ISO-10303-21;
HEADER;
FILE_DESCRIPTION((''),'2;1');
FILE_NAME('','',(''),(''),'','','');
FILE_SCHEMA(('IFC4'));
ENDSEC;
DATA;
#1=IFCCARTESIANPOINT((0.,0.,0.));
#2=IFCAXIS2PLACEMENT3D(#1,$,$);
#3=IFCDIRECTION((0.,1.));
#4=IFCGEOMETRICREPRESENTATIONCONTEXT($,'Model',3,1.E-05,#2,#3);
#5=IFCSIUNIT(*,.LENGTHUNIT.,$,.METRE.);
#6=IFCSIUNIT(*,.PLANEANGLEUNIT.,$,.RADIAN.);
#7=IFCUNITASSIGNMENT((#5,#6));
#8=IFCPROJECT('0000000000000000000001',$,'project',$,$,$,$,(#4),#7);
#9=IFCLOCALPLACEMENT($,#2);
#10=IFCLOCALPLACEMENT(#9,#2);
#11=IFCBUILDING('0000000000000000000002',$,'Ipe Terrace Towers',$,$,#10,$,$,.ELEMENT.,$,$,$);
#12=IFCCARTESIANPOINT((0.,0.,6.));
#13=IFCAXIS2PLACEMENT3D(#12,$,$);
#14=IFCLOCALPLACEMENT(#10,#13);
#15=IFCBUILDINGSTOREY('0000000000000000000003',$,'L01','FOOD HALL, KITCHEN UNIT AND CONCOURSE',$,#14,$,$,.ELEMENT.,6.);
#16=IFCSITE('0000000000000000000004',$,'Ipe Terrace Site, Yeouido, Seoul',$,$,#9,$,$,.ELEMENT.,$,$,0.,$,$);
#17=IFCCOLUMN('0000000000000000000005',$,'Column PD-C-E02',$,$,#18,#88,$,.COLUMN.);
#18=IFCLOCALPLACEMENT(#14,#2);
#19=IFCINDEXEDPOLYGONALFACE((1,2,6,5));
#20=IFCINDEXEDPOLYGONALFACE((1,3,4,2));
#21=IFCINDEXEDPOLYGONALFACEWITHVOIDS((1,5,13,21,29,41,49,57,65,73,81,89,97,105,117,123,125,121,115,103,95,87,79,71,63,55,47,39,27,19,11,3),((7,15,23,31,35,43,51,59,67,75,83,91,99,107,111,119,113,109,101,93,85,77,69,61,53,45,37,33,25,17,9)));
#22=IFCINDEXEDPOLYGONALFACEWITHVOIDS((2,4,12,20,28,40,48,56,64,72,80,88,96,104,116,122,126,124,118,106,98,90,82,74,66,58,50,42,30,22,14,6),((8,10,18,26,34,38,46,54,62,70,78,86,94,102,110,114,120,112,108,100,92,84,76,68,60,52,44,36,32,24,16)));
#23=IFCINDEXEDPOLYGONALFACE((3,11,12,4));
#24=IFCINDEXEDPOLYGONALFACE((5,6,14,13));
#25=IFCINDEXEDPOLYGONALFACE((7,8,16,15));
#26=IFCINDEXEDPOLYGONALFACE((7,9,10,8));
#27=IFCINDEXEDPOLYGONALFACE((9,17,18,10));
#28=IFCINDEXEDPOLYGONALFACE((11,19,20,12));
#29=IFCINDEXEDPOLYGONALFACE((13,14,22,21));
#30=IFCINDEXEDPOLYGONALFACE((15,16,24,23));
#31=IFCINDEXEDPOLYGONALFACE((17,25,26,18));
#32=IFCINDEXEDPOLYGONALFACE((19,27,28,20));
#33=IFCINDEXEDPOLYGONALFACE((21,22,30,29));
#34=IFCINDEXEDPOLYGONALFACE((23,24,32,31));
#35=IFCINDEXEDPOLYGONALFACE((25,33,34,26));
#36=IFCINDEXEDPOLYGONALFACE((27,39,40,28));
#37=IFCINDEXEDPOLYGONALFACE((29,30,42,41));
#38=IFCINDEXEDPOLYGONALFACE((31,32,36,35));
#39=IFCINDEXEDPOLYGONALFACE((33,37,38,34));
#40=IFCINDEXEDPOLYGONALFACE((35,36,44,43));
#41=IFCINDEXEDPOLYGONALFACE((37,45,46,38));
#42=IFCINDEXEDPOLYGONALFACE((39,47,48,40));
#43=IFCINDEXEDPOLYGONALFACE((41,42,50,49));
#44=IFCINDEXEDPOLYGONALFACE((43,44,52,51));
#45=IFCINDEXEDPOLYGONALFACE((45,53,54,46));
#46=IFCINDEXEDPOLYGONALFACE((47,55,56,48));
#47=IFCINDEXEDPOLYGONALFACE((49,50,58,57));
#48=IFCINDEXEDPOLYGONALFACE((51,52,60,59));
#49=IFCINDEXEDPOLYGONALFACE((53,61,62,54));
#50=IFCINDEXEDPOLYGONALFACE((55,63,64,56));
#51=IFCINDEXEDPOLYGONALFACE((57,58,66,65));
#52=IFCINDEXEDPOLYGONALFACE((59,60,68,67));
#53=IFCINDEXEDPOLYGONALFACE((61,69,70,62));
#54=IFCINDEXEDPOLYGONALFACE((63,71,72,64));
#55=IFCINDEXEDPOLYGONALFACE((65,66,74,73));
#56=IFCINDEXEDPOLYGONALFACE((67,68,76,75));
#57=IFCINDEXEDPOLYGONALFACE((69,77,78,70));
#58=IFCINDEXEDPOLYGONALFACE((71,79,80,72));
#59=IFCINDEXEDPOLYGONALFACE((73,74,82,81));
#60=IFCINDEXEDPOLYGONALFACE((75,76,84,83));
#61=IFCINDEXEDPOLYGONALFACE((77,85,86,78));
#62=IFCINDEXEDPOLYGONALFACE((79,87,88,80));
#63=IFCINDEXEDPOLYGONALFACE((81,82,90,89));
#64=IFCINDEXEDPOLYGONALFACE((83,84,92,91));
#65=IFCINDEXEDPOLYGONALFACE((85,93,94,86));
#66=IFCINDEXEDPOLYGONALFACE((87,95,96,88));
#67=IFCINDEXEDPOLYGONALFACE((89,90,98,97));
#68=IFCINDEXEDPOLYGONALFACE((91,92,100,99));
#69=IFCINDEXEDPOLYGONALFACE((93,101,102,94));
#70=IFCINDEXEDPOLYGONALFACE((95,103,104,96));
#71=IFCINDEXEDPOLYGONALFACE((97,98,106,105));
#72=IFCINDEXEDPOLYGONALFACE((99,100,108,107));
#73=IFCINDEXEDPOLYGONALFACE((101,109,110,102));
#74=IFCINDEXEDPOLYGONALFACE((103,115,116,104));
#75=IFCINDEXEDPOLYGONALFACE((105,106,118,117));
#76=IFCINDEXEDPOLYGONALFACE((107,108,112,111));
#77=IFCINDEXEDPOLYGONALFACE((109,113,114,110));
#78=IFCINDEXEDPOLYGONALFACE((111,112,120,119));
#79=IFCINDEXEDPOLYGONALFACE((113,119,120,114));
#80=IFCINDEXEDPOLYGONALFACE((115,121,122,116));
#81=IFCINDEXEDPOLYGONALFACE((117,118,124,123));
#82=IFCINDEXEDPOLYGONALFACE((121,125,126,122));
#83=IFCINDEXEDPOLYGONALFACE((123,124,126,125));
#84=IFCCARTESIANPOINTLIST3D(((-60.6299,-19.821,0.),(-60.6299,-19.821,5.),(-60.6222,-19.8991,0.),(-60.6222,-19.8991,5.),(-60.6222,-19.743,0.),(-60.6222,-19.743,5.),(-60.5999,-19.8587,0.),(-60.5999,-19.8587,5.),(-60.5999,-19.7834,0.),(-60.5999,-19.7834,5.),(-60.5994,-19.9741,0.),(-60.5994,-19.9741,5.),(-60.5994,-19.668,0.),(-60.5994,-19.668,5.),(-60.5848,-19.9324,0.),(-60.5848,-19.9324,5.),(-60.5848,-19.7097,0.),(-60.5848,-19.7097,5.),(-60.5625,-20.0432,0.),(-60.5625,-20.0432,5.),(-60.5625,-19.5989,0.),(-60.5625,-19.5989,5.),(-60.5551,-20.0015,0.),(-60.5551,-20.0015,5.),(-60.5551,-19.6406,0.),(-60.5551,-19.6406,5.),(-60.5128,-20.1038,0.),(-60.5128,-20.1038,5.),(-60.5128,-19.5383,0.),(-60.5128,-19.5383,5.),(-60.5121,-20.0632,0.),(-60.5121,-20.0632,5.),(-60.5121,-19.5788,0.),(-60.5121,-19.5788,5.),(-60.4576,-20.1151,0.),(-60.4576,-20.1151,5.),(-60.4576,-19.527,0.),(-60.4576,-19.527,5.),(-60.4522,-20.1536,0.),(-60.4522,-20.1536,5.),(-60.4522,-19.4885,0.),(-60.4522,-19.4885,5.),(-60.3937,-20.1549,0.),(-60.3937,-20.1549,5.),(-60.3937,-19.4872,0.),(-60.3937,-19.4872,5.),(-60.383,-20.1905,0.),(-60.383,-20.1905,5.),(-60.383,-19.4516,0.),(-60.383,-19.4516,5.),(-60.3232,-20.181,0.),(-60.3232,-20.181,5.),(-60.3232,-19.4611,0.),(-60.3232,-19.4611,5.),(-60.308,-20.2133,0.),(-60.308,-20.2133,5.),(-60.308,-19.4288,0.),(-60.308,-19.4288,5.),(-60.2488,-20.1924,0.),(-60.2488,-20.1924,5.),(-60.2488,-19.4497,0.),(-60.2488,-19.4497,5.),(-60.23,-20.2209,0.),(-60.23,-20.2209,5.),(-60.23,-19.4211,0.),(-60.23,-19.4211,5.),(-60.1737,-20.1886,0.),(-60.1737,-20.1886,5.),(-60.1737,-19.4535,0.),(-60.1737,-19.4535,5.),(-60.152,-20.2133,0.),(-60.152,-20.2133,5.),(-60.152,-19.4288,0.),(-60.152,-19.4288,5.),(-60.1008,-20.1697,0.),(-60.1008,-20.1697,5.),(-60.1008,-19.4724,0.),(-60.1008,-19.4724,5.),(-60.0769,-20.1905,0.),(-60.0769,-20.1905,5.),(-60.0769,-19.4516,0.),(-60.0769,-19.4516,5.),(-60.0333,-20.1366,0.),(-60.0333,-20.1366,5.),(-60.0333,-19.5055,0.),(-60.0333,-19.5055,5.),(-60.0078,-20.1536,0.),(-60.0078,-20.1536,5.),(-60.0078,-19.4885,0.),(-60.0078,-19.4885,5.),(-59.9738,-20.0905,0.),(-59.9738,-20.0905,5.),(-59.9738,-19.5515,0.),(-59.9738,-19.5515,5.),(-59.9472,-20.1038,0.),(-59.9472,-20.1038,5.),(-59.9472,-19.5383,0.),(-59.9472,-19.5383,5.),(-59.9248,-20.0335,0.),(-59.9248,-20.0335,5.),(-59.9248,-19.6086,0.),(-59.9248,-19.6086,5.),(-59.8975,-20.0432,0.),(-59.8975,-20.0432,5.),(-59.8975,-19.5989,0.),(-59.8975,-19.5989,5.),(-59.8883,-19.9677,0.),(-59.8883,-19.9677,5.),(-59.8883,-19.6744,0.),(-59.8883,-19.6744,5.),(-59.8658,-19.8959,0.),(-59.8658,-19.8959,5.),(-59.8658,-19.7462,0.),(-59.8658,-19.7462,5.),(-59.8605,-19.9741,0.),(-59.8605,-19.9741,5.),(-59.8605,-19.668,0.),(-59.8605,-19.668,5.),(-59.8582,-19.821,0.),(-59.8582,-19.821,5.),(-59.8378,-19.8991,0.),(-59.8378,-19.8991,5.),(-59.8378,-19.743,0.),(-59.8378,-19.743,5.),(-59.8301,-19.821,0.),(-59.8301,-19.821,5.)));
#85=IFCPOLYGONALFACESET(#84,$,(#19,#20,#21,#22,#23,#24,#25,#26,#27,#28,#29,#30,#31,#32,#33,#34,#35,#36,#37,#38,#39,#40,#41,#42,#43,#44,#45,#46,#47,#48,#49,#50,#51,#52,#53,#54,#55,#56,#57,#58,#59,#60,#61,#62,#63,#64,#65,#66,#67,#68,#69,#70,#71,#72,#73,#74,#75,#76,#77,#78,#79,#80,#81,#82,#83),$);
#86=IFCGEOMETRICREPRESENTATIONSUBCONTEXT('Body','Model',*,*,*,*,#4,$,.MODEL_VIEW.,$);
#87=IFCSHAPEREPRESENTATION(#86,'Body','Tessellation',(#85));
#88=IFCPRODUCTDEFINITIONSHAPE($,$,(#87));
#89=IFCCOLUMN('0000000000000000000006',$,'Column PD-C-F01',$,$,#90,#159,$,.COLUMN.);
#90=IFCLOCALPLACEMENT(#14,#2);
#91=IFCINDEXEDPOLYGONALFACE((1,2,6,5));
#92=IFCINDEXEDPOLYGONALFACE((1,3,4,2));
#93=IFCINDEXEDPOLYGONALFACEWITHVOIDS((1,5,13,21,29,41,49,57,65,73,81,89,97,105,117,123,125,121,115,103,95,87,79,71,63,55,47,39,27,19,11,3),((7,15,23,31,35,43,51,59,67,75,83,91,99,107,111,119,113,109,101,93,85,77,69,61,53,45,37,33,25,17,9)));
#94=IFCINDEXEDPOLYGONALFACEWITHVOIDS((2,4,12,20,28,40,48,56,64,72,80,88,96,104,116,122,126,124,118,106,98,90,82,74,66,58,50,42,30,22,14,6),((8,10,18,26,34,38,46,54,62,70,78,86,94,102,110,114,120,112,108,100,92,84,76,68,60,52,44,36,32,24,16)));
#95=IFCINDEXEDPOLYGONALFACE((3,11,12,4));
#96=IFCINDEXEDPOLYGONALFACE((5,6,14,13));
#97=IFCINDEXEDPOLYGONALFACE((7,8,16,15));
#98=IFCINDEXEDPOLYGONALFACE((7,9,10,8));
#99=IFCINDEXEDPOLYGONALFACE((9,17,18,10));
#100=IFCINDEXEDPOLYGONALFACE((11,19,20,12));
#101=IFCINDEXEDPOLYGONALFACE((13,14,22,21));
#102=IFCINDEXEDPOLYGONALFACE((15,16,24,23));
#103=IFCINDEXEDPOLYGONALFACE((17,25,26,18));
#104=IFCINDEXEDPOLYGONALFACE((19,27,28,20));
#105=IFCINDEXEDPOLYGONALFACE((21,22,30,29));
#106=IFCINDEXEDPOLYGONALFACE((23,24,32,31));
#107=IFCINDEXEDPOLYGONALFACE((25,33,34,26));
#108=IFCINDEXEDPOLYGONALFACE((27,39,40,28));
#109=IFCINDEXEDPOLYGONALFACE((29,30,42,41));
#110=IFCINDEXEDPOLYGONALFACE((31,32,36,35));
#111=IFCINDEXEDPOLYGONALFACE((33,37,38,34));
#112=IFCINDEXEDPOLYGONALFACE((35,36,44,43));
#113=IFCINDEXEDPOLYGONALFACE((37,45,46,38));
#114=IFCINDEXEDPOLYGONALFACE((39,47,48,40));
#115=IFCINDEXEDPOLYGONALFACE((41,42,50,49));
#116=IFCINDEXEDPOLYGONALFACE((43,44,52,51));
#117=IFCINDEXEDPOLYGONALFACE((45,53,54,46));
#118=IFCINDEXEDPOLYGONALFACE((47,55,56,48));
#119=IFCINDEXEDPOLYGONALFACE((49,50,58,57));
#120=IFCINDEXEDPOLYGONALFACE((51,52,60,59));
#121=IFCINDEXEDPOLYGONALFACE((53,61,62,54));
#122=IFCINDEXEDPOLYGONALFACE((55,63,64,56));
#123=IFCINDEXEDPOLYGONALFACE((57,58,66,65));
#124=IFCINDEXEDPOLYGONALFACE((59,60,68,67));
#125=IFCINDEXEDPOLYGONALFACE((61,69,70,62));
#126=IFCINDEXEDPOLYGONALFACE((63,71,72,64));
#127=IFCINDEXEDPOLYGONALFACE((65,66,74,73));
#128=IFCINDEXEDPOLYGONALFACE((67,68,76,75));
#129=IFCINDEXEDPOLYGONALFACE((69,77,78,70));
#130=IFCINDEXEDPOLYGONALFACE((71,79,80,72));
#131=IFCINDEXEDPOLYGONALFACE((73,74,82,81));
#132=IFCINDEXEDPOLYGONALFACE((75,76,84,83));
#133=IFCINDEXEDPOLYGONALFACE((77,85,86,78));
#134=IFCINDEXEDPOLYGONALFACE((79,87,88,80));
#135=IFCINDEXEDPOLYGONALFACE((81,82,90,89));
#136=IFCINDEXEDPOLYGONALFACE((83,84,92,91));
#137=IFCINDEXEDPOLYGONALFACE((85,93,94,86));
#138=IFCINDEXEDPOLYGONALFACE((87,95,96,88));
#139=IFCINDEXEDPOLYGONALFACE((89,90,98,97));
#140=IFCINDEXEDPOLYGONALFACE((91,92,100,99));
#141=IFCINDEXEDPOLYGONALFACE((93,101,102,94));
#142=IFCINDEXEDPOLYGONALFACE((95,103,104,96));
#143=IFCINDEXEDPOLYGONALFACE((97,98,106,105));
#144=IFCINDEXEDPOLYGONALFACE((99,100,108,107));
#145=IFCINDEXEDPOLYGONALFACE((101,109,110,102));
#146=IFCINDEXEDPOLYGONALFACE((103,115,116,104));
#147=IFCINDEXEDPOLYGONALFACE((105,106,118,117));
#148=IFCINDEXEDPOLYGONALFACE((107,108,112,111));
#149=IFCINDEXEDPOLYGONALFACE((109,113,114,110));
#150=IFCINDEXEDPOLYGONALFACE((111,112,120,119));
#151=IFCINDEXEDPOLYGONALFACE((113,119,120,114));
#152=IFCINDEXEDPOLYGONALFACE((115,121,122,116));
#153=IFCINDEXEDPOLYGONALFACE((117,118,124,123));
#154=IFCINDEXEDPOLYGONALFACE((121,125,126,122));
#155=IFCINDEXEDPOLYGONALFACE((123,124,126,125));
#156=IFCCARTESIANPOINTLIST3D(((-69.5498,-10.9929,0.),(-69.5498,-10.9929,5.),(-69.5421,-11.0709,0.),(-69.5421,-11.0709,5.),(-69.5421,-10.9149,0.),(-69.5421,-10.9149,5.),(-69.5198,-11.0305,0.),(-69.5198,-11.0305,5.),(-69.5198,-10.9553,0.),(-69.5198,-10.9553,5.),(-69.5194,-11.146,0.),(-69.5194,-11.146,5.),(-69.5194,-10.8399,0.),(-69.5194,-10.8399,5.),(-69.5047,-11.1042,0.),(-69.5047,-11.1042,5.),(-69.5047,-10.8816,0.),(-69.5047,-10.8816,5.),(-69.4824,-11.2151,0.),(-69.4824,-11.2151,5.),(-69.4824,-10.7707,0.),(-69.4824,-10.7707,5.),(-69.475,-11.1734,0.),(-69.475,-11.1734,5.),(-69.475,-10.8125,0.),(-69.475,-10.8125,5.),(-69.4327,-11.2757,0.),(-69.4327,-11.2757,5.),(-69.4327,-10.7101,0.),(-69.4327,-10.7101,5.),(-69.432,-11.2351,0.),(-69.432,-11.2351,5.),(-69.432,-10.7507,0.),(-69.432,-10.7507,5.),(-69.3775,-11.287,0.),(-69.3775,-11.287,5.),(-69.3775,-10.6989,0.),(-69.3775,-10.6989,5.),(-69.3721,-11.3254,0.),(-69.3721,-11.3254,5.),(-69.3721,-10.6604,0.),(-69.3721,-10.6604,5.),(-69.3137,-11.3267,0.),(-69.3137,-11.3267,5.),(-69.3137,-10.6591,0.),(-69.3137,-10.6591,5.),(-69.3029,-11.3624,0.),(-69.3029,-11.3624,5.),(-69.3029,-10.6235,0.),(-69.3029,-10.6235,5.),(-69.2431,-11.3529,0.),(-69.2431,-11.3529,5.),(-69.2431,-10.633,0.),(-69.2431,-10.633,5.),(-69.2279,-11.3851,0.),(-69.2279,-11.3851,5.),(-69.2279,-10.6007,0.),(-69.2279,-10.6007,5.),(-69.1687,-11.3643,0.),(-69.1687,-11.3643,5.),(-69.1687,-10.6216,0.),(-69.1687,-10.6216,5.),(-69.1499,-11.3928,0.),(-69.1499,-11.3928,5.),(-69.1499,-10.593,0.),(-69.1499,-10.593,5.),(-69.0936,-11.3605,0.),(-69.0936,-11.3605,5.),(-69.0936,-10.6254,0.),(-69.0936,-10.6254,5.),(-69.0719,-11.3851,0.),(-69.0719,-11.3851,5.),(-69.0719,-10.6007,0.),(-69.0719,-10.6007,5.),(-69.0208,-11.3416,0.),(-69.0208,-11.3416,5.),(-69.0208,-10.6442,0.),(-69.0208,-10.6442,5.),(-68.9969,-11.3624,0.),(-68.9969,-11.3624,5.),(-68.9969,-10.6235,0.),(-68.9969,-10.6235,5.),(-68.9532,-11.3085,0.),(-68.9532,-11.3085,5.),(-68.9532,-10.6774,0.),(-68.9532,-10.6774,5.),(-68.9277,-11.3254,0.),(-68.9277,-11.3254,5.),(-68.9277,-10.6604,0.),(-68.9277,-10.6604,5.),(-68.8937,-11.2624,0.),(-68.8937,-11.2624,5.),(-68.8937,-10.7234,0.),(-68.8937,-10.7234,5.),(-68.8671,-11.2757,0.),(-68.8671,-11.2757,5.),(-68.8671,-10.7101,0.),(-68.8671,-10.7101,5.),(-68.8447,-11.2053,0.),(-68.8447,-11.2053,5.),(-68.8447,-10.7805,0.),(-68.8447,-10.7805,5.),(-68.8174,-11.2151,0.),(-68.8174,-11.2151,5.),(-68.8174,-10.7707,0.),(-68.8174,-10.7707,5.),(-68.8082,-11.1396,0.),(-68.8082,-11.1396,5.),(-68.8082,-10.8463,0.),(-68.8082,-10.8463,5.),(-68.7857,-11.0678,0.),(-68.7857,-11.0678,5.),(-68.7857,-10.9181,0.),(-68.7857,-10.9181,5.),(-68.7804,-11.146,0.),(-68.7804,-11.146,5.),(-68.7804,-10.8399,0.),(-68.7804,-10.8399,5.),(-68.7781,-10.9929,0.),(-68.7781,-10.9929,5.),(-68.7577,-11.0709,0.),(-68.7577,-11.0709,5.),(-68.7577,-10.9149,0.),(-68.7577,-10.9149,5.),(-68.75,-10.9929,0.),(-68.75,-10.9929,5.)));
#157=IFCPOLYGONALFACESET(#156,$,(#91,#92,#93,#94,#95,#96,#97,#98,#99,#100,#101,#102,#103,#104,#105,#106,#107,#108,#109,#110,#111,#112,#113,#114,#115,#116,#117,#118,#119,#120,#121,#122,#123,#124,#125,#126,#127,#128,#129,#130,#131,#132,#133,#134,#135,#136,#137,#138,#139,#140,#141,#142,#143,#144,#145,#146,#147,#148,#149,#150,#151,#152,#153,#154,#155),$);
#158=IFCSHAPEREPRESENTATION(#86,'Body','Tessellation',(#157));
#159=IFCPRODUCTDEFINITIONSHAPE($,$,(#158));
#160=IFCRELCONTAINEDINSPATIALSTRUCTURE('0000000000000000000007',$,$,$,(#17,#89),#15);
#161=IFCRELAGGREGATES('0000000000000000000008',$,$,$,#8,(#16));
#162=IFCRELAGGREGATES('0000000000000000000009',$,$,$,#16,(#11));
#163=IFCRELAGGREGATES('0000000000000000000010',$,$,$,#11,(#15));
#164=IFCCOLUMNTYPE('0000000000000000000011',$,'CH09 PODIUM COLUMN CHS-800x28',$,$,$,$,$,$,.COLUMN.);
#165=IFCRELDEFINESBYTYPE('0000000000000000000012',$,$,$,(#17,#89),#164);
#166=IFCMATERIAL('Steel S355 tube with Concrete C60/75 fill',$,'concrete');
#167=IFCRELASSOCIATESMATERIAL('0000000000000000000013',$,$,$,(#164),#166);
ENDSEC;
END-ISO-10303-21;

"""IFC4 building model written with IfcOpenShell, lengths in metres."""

from ifc_helpers import new_model, si_unit, direction, frame, origin, origin_2d, place, context, subcontext, project, spatial, hollow_circle, extrude, material, material_profile, profile_set, type_object, element, save


model = new_model("IFC4")

# Units and contexts
model_context = context("Model", 3, precision=1e-05, world=origin(), true_north=direction((0.0, 1.0)))
body_context = subcontext(model_context, "Body", "Model", "MODEL_VIEW")
ifc_project = project(units=[si_unit("LENGTHUNIT", "METRE"), si_unit("PLANEANGLEUNIT", "RADIAN")], contexts=[model_context])

# Site, building, storey
site_placement = place(None, origin())
site = spatial("IfcSite", under=ifc_project, at=site_placement, Name="Ipe Terrace Site, Yeouido, Seoul", CompositionType="ELEMENT", RefElevation=0.0)
building_placement = place(site_placement, origin())
building = spatial("IfcBuilding", under=site, at=building_placement, Name="Ipe Terrace Towers", CompositionType="ELEMENT")
storey_placement = place(building_placement, frame((0.0, 0.0, 6.0)))
storey = spatial("IfcBuildingStorey", under=building, at=storey_placement, Name="L01", Description="FOOD HALL, KITCHEN UNIT AND CONCOURSE", CompositionType="ELEMENT", Elevation=6.0)

# Columns
ifc_material_1 = material(Name="Steel S355 tube with Concrete C60/75 fill", Category="concrete")
ifc_material_profile_1 = material_profile(ifc_material_1, hollow_circle(Radius=0.3999, WallThickness=0.0281, at=origin_2d()), Name="CHS-800x28")
ifc_profile_set_1 = profile_set([ifc_material_profile_1], Name="Steel S355 tube with Concrete C60/75 fill")
column_type_1 = type_object("IfcColumnType", Name="CH09 PODIUM COLUMN CHS-800x28", PredefinedType="COLUMN", material=ifc_profile_set_1)
for number, where, z_axis, x_axis, name in (
    (1, (-60.23, -19.821, 0.0), (0.0, 0.0, 1.0), (1.0, 0.0, 0.0), "Column PD-C-E02"),
    (2, (-69.1499, -10.9929, 0.0), (0.0, 0.0, 1.0), (1.0, 0.0, 0.0), "Column PD-C-F01"),
):
    element("IfcColumn", number, at=place(storey_placement, frame(where, z_axis=z_axis, x_axis=x_axis)), inside=storey, type_object=column_type_1, Name=name, PredefinedType="COLUMN", context=body_context, shape_type="SweptSolid", body=[
        extrude(hollow_circle(Radius=0.3999, WallThickness=0.0281, at=origin_2d()), origin(), (0.0, 0.0, 1.0), 5.0),
    ])

save(model, "model.ifc")
